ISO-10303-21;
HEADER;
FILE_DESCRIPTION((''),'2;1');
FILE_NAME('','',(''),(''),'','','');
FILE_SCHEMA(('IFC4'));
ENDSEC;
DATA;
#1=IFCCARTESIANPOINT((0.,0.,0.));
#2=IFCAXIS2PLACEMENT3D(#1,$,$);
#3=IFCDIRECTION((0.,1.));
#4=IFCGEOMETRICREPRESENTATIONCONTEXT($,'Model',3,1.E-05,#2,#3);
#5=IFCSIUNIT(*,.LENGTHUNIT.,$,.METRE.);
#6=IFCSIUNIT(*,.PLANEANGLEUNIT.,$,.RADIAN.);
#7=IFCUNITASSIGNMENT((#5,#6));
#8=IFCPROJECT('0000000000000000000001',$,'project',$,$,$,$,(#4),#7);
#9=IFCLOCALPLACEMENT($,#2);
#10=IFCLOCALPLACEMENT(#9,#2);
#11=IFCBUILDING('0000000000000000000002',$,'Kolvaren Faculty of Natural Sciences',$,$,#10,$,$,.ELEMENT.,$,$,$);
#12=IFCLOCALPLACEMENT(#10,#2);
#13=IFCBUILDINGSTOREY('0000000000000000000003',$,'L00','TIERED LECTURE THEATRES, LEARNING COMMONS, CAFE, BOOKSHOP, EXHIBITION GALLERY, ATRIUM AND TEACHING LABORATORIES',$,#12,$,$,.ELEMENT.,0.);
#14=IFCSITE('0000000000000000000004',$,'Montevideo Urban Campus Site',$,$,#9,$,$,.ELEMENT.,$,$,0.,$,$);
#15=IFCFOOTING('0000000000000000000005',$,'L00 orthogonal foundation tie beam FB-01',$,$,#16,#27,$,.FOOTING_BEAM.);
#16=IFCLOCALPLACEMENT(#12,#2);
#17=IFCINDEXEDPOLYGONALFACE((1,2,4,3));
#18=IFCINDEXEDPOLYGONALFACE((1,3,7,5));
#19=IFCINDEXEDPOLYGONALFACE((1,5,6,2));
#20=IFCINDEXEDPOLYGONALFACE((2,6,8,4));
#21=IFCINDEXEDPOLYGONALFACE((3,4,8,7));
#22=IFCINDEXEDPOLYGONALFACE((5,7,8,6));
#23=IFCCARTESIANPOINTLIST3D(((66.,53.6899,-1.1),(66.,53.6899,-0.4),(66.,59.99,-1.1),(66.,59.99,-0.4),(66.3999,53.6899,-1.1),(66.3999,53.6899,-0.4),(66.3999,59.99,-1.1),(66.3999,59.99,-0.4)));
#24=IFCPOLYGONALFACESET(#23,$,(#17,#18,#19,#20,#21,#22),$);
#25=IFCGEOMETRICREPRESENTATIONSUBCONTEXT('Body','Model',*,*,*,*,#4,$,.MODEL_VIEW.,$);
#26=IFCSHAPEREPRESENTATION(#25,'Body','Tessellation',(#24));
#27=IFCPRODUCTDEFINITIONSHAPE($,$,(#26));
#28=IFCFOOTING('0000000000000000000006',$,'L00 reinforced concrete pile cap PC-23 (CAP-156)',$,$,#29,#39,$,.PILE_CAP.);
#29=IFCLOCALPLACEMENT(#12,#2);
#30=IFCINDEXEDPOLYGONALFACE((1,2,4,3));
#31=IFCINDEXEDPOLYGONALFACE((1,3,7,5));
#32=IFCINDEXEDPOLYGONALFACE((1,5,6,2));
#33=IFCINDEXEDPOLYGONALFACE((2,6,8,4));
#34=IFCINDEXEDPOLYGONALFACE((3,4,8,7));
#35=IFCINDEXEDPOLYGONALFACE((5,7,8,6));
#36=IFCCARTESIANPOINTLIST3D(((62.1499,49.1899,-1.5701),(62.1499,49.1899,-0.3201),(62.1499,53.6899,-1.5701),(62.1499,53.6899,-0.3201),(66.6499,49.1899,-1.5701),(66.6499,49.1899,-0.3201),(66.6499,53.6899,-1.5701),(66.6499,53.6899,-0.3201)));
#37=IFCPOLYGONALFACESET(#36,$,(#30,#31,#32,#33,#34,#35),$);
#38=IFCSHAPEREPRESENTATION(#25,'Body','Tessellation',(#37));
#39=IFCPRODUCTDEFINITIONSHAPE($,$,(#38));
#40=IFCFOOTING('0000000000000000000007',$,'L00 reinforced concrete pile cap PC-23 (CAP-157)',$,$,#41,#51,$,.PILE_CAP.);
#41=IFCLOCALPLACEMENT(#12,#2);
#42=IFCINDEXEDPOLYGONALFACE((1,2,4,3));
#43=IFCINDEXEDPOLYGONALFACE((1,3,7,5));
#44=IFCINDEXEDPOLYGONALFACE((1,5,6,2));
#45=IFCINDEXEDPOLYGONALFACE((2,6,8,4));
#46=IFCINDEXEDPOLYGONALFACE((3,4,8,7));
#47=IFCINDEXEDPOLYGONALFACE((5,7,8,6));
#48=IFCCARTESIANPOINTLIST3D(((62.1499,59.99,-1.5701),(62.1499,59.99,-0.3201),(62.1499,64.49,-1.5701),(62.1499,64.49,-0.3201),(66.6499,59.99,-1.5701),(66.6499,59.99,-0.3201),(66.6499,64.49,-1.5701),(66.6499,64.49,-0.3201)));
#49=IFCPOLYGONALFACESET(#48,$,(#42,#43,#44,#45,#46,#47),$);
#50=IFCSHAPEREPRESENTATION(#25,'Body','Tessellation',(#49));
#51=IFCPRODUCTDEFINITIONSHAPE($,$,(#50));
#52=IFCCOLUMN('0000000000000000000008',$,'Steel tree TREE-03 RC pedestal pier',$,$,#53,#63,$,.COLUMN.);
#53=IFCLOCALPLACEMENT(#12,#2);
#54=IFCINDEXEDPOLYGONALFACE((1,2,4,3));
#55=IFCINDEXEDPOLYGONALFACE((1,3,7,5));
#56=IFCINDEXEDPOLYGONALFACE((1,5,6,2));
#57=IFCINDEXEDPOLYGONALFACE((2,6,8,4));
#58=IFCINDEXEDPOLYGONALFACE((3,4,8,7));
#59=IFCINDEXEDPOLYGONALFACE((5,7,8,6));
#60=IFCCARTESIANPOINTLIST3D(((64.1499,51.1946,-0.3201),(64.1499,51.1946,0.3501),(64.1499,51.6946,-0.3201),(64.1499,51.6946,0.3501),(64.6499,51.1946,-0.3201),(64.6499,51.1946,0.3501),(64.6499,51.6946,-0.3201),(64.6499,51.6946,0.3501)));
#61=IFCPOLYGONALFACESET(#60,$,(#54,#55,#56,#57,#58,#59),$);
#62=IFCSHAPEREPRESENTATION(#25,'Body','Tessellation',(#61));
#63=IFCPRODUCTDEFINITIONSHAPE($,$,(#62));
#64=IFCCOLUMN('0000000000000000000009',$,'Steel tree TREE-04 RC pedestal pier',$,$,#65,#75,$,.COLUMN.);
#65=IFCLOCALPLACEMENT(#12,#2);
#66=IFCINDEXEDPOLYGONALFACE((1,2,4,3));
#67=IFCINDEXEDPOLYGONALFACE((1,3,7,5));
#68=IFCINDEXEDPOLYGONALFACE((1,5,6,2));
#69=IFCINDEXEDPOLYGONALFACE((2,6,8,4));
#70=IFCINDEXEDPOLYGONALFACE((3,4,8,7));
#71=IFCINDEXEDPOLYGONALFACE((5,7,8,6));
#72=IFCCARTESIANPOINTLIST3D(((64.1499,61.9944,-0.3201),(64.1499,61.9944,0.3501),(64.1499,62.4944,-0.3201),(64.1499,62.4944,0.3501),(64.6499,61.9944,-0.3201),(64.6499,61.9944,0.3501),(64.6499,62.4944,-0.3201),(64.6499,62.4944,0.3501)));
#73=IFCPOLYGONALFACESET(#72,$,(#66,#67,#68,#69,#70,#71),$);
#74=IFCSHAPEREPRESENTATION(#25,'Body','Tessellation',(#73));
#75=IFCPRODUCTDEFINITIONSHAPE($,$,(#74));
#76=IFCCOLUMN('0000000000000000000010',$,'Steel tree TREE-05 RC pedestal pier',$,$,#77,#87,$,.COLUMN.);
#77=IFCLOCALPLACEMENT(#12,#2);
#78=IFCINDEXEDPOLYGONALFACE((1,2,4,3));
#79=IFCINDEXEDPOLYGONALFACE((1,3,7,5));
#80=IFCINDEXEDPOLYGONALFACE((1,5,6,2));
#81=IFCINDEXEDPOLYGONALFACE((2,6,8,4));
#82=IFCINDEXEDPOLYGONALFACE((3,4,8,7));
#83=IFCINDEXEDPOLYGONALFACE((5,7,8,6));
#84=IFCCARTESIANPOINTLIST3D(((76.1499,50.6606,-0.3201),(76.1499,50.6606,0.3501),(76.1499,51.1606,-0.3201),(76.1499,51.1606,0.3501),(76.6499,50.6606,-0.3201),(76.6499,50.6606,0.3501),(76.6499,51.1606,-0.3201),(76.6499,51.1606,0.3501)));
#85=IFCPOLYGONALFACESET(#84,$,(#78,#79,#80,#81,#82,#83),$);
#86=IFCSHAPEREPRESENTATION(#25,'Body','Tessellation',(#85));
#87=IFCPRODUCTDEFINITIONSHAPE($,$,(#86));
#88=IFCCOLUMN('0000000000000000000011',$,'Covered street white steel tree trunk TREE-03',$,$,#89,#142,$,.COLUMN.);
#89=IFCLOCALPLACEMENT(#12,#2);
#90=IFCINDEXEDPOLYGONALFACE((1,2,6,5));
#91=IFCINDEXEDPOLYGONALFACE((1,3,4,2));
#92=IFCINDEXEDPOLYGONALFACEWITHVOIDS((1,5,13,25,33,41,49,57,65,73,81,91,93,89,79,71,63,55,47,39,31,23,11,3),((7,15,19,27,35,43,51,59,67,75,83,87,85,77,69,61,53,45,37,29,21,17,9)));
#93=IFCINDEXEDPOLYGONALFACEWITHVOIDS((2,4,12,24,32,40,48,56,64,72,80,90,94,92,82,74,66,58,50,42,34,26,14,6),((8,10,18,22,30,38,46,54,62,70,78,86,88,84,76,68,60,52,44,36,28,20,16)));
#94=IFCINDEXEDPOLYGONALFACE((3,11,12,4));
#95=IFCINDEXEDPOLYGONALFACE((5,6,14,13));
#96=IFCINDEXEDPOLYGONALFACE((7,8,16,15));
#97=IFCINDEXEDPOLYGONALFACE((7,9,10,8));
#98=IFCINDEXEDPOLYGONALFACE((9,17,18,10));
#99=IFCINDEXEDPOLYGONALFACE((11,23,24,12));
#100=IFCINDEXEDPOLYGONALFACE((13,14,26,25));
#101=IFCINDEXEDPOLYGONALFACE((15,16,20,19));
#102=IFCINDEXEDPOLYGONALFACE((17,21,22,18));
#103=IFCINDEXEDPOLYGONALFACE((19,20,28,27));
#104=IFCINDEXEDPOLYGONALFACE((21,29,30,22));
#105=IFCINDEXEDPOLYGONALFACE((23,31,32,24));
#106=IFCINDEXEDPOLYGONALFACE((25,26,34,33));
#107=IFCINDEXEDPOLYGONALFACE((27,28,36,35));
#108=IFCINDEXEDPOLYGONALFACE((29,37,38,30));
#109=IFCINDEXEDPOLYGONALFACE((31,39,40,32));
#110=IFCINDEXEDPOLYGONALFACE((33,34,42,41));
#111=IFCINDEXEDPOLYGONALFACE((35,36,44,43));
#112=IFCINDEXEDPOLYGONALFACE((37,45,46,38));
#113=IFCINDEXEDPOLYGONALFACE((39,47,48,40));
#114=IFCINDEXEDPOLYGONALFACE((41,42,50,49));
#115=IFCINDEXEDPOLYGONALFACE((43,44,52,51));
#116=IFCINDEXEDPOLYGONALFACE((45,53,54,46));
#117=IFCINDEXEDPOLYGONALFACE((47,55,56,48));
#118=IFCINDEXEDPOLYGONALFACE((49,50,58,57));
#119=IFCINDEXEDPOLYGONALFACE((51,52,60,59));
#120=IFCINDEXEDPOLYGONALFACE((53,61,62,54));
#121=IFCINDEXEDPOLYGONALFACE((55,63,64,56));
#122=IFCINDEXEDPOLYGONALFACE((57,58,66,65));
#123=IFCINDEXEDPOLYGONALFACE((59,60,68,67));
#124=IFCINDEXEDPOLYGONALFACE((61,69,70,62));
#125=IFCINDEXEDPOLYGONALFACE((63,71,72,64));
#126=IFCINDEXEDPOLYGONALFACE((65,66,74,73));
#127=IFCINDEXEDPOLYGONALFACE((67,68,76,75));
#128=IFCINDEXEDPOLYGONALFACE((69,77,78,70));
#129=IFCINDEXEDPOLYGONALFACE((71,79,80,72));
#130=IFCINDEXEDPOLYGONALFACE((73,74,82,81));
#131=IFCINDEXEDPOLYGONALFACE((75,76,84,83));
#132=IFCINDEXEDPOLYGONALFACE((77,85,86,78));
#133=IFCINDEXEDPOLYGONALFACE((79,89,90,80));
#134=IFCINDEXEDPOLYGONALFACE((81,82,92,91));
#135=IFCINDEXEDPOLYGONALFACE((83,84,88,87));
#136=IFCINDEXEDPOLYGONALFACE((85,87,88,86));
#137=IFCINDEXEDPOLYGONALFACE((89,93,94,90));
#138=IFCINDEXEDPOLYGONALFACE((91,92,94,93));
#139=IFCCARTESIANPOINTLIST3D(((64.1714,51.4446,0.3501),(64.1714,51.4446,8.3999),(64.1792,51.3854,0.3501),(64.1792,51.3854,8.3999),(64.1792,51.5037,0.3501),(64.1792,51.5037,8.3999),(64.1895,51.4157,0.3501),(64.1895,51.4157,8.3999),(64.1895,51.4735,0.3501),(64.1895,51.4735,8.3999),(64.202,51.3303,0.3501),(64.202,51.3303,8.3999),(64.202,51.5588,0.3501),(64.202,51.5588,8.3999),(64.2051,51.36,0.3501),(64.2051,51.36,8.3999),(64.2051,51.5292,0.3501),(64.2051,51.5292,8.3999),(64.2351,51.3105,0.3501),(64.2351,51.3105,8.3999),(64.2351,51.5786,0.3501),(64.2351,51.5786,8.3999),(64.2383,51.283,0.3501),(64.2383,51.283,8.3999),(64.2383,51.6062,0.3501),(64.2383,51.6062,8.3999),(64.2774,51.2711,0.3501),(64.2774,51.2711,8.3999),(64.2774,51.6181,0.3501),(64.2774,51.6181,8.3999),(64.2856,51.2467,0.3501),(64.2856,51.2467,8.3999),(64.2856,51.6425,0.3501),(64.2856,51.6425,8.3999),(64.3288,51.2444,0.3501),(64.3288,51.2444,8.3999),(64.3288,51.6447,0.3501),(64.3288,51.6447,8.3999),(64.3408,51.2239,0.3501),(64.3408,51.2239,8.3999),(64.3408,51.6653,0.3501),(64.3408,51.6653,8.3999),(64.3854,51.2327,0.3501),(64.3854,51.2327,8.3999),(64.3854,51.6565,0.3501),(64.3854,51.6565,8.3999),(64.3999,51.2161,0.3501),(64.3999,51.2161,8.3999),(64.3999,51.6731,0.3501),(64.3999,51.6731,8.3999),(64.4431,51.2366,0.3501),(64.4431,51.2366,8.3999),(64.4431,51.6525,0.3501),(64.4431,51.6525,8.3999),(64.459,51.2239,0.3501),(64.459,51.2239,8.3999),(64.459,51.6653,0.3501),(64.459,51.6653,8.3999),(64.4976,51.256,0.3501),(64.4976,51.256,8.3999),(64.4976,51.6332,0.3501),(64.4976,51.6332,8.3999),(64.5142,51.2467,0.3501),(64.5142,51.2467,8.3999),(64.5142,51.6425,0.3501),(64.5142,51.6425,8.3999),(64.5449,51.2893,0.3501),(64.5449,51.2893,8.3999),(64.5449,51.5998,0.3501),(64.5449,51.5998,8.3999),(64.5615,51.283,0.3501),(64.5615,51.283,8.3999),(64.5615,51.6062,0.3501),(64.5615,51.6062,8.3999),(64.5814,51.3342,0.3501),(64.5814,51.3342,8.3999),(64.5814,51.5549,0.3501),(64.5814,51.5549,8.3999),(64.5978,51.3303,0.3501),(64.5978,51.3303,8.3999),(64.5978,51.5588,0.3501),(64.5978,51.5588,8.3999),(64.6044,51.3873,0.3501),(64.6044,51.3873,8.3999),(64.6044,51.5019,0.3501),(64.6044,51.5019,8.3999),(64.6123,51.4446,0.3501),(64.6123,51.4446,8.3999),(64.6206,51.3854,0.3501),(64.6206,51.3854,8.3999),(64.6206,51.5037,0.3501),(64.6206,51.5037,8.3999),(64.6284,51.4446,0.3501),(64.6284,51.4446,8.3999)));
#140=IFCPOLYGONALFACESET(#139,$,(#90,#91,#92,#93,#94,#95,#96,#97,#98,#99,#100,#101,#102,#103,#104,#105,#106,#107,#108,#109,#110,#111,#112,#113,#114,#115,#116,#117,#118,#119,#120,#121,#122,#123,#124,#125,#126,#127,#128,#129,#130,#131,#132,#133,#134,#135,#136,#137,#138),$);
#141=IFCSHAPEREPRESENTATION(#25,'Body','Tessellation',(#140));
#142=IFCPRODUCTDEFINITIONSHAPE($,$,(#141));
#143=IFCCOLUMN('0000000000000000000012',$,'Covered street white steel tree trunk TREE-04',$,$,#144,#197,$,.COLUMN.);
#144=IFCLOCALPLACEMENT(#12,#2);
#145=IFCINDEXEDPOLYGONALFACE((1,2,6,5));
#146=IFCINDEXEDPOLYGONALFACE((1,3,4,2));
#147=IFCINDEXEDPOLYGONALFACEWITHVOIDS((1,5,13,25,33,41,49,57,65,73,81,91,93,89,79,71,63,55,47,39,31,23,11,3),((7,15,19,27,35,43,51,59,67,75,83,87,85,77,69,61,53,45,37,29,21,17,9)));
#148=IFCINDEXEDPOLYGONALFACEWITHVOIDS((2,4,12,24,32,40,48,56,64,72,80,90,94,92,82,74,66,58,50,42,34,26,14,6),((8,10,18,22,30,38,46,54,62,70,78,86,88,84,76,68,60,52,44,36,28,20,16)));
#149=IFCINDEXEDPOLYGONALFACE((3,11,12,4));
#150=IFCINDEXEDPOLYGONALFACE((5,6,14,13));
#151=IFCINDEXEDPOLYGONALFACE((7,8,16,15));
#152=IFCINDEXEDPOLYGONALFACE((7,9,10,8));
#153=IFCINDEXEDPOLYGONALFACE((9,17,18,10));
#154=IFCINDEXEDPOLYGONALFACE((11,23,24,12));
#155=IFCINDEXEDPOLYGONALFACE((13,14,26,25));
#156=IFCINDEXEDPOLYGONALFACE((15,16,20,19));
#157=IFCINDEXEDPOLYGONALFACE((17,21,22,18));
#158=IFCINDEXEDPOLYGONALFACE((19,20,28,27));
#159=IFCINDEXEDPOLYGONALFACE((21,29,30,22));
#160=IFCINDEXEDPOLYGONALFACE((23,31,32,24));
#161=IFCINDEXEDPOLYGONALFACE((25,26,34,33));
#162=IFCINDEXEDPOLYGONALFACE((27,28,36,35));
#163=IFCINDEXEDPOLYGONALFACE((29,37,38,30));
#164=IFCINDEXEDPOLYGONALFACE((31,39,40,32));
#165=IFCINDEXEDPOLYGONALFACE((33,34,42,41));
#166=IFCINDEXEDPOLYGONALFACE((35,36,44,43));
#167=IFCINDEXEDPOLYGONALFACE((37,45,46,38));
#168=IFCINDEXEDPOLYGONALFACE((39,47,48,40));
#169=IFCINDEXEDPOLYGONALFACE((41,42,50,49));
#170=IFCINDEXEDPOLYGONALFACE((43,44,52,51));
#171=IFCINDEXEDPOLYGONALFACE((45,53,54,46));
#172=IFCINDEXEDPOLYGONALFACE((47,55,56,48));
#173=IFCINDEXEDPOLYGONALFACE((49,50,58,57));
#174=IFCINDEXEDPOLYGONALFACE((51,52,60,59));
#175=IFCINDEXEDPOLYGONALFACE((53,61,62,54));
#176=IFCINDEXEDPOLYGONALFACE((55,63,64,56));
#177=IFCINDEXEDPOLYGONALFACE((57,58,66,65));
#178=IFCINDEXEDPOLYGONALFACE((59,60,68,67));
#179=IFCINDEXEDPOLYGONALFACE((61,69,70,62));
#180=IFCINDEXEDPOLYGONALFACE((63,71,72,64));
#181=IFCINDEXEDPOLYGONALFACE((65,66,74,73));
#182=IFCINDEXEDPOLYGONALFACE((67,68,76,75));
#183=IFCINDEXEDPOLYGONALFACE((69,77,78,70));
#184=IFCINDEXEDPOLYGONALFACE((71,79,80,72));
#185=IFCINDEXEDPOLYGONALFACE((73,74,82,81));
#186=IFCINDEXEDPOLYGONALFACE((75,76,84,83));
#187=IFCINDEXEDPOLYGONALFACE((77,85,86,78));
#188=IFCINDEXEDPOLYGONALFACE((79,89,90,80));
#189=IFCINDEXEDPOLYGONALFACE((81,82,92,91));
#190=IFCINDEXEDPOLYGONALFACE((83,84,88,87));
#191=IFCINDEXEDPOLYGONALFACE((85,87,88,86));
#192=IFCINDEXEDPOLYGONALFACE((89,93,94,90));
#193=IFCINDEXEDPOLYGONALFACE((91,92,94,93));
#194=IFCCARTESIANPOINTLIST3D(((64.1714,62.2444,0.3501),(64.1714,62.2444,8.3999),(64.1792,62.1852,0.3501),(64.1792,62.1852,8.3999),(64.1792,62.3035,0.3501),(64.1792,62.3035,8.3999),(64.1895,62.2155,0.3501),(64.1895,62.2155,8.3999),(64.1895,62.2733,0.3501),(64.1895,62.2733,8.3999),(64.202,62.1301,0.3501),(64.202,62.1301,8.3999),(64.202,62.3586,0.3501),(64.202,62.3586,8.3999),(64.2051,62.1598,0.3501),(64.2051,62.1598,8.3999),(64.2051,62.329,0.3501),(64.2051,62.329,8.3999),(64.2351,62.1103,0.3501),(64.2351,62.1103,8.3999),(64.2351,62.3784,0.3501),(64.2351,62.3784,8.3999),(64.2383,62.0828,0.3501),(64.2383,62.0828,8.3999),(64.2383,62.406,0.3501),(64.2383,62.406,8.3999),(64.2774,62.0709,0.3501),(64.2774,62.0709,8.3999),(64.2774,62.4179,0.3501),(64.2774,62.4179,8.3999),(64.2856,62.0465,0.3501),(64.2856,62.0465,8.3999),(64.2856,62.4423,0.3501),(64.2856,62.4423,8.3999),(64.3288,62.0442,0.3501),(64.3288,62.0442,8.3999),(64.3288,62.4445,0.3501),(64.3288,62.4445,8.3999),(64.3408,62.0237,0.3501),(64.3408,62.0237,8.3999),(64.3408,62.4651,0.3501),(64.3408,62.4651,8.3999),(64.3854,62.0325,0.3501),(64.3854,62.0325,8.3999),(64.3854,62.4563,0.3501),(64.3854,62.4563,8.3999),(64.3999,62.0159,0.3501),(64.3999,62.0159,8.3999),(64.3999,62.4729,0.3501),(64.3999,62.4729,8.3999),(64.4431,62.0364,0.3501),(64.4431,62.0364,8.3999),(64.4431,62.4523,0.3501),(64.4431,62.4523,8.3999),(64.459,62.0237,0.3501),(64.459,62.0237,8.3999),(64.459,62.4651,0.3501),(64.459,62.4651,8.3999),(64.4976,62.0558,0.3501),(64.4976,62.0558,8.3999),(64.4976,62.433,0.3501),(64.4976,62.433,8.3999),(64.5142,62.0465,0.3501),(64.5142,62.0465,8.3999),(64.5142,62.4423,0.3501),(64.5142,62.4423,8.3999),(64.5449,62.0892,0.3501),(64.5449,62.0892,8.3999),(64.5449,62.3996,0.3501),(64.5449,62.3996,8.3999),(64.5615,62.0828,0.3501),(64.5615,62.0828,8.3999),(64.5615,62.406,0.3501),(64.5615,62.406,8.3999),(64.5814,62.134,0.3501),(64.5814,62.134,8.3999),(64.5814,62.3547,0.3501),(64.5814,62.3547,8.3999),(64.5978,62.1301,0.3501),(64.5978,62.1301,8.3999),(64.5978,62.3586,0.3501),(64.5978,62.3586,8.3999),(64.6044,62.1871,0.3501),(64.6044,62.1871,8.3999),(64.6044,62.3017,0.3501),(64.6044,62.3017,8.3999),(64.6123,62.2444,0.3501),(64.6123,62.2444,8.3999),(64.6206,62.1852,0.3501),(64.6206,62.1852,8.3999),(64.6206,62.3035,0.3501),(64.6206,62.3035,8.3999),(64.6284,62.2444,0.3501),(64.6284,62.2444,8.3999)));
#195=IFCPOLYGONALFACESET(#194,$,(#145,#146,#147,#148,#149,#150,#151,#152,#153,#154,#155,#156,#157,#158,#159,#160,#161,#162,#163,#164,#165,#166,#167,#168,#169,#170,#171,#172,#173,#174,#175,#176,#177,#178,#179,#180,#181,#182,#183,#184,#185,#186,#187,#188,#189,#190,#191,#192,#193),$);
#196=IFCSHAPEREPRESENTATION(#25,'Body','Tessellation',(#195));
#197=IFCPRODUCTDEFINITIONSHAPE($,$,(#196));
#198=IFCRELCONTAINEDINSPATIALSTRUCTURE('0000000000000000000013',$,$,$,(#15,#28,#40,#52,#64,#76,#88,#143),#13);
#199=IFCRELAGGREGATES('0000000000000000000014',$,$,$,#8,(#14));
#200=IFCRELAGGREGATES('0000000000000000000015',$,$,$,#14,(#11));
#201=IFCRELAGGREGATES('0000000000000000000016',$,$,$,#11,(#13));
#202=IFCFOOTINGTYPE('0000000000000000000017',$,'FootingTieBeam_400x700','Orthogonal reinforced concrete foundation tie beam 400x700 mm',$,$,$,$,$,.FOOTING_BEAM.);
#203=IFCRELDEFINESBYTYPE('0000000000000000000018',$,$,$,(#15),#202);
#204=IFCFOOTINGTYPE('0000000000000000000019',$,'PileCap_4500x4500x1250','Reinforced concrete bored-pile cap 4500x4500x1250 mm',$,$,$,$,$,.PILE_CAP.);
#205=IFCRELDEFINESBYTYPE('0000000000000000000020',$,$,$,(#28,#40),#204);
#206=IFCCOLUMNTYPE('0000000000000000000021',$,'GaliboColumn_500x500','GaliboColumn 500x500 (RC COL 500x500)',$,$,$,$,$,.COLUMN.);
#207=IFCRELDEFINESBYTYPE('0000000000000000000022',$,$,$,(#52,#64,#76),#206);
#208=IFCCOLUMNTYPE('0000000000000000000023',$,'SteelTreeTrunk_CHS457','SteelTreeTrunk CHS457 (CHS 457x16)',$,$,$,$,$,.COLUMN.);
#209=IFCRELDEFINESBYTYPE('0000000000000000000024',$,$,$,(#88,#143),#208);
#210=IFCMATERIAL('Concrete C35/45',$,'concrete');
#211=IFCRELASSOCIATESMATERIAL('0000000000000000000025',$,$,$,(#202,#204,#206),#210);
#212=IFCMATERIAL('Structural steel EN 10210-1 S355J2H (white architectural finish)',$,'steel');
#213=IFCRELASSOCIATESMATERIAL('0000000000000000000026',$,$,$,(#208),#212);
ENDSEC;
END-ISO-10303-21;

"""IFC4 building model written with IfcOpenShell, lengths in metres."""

from ifc_helpers import new_model, si_unit, direction, frame, origin, origin_2d, place, context, subcontext, project, spatial, rectangle, hollow_circle, extrude, material, material_profile, profile_set, type_object, element, save


model = new_model("IFC4")

# Units and contexts
model_context = context("Model", 3, precision=1e-05, world=origin(), true_north=direction((0.0, 1.0)))
body_context = subcontext(model_context, "Body", "Model", "MODEL_VIEW")
ifc_project = project(units=[si_unit("LENGTHUNIT", "METRE"), si_unit("PLANEANGLEUNIT", "RADIAN")], contexts=[model_context])

# Site, building, storey
site_placement = place(None, origin())
site = spatial("IfcSite", under=ifc_project, at=site_placement, Name="Montevideo Urban Campus Site", CompositionType="ELEMENT", RefElevation=0.0)
building_placement = place(site_placement, origin())
building = spatial("IfcBuilding", under=site, at=building_placement, Name="Kolvaren Faculty of Natural Sciences", CompositionType="ELEMENT")
storey_placement = place(building_placement, origin())
storey = spatial("IfcBuildingStorey", under=building, at=storey_placement, Name="L00", Description="TIERED LECTURE THEATRES, LEARNING COMMONS, CAFE, BOOKSHOP, EXHIBITION GALLERY, ATRIUM AND TEACHING LABORATORIES", CompositionType="ELEMENT", Elevation=0.0)

# Shared definitions
ifc_material_1 = material(Name="Concrete C35/45", Category="concrete")

# Footings
ifc_material_profile_1 = material_profile(ifc_material_1, rectangle(XDim=0.3999, YDim=0.7, at=origin_2d()), Name="RC FB 400x700")
ifc_profile_set_1 = profile_set([ifc_material_profile_1], Name="Concrete C35/45")
footing_type_1 = type_object("IfcFootingType", Name="FootingTieBeam_400x700", Description="Orthogonal reinforced concrete foundation tie beam 400x700 mm", PredefinedType="FOOTING_BEAM", material=ifc_profile_set_1)
footing_1_placement = place(storey_placement, frame((66.2, 53.6899, -0.75), z_axis=(0.0, 1.0, 0.0), x_axis=(-1.0, 0.0, 0.0)))
element("IfcFooting", 1, at=footing_1_placement, inside=storey, type_object=footing_type_1, Name="L00 orthogonal foundation tie beam FB-01", PredefinedType="FOOTING_BEAM", context=body_context, shape_type="SweptSolid", body=[
    extrude(rectangle(XDim=0.3999, YDim=0.7, at=origin_2d()), origin(), (0.0, 0.0, 1.0), 6.3),
])
footing_type_2 = type_object("IfcFootingType", Name="PileCap_4500x4500x1250", Description="Reinforced concrete bored-pile cap 4500x4500x1250 mm", PredefinedType="PILE_CAP", material=ifc_material_1)
for number, where, z_axis, x_axis, name in (
    (2, (64.3999, 51.4399, -1.5701), (0.0, 0.0, 1.0), (1.0, 0.0, 0.0), "L00 reinforced concrete pile cap PC-23 (CAP-156)"),
    (3, (64.3999, 62.24, -1.5701), (0.0, 0.0, 1.0), (1.0, 0.0, 0.0), "L00 reinforced concrete pile cap PC-23 (CAP-157)"),
):
    element("IfcFooting", number, at=place(storey_placement, frame(where, z_axis=z_axis, x_axis=x_axis)), inside=storey, type_object=footing_type_2, Name=name, PredefinedType="PILE_CAP", context=body_context, shape_type="SweptSolid", body=[
        extrude(rectangle(XDim=4.5, YDim=4.5, at=origin_2d()), origin(), (0.0, 0.0, 1.0), 1.25),
    ])

# Columns
ifc_material_profile_2 = material_profile(ifc_material_1, rectangle(XDim=0.5, YDim=0.5, at=origin_2d()), Name="RC COL 500x500")
ifc_profile_set_2 = profile_set([ifc_material_profile_2], Name="Concrete C35/45")
column_type_1 = type_object("IfcColumnType", Name="GaliboColumn_500x500", Description="GaliboColumn 500x500 (RC COL 500x500)", PredefinedType="COLUMN", material=ifc_profile_set_2)
for number, where, z_axis, x_axis, name in (
    (4, (64.3999, 51.4446, -0.3201), (0.0, 0.0, 1.0), (1.0, 0.0, 0.0), "Steel tree TREE-03 RC pedestal pier"),
    (5, (64.3999, 62.2444, -0.3201), (0.0, 0.0, 1.0), (1.0, 0.0, 0.0), "Steel tree TREE-04 RC pedestal pier"),
    (6, (76.3999, 50.9106, -0.3201), (0.0, 0.0, 1.0), (1.0, 0.0, 0.0), "Steel tree TREE-05 RC pedestal pier"),
):
    element("IfcColumn", number, at=place(storey_placement, frame(where, z_axis=z_axis, x_axis=x_axis)), inside=storey, type_object=column_type_1, Name=name, PredefinedType="COLUMN", context=body_context, shape_type="SweptSolid", body=[
        extrude(rectangle(XDim=0.5, YDim=0.5, at=origin_2d()), origin(), (0.0, 0.0, 1.0), 0.6702),
    ])
ifc_material_2 = material(Name="Structural steel EN 10210-1 S355J2H (white architectural finish)", Category="steel")
ifc_material_profile_3 = material_profile(ifc_material_2, hollow_circle(Radius=0.2285, WallThickness=0.0161, at=origin_2d()), Name="CHS 457x16")
ifc_profile_set_3 = profile_set([ifc_material_profile_3], Name="Structural steel EN 10210-1 S355J2H (white architectural finish)")
column_type_2 = type_object("IfcColumnType", Name="SteelTreeTrunk_CHS457", Description="SteelTreeTrunk CHS457 (CHS 457x16)", PredefinedType="COLUMN", material=ifc_profile_set_3)
for number, where, z_axis, x_axis, name in (
    (7, (64.3999, 51.4446, 0.3501), (0.0, 0.0, 1.0), (1.0, 0.0, 0.0), "Covered street white steel tree trunk TREE-03"),
    (8, (64.3999, 62.2444, 0.3501), (0.0, 0.0, 1.0), (1.0, 0.0, 0.0), "Covered street white steel tree trunk TREE-04"),
):
    element("IfcColumn", number, at=place(storey_placement, frame(where, z_axis=z_axis, x_axis=x_axis)), inside=storey, type_object=column_type_2, Name=name, PredefinedType="COLUMN", context=body_context, shape_type="SweptSolid", body=[
        extrude(hollow_circle(Radius=0.2285, WallThickness=0.0161, at=origin_2d()), origin(), (0.0, 0.0, 1.0), 8.0498),
    ])

save(model, "model.ifc")
